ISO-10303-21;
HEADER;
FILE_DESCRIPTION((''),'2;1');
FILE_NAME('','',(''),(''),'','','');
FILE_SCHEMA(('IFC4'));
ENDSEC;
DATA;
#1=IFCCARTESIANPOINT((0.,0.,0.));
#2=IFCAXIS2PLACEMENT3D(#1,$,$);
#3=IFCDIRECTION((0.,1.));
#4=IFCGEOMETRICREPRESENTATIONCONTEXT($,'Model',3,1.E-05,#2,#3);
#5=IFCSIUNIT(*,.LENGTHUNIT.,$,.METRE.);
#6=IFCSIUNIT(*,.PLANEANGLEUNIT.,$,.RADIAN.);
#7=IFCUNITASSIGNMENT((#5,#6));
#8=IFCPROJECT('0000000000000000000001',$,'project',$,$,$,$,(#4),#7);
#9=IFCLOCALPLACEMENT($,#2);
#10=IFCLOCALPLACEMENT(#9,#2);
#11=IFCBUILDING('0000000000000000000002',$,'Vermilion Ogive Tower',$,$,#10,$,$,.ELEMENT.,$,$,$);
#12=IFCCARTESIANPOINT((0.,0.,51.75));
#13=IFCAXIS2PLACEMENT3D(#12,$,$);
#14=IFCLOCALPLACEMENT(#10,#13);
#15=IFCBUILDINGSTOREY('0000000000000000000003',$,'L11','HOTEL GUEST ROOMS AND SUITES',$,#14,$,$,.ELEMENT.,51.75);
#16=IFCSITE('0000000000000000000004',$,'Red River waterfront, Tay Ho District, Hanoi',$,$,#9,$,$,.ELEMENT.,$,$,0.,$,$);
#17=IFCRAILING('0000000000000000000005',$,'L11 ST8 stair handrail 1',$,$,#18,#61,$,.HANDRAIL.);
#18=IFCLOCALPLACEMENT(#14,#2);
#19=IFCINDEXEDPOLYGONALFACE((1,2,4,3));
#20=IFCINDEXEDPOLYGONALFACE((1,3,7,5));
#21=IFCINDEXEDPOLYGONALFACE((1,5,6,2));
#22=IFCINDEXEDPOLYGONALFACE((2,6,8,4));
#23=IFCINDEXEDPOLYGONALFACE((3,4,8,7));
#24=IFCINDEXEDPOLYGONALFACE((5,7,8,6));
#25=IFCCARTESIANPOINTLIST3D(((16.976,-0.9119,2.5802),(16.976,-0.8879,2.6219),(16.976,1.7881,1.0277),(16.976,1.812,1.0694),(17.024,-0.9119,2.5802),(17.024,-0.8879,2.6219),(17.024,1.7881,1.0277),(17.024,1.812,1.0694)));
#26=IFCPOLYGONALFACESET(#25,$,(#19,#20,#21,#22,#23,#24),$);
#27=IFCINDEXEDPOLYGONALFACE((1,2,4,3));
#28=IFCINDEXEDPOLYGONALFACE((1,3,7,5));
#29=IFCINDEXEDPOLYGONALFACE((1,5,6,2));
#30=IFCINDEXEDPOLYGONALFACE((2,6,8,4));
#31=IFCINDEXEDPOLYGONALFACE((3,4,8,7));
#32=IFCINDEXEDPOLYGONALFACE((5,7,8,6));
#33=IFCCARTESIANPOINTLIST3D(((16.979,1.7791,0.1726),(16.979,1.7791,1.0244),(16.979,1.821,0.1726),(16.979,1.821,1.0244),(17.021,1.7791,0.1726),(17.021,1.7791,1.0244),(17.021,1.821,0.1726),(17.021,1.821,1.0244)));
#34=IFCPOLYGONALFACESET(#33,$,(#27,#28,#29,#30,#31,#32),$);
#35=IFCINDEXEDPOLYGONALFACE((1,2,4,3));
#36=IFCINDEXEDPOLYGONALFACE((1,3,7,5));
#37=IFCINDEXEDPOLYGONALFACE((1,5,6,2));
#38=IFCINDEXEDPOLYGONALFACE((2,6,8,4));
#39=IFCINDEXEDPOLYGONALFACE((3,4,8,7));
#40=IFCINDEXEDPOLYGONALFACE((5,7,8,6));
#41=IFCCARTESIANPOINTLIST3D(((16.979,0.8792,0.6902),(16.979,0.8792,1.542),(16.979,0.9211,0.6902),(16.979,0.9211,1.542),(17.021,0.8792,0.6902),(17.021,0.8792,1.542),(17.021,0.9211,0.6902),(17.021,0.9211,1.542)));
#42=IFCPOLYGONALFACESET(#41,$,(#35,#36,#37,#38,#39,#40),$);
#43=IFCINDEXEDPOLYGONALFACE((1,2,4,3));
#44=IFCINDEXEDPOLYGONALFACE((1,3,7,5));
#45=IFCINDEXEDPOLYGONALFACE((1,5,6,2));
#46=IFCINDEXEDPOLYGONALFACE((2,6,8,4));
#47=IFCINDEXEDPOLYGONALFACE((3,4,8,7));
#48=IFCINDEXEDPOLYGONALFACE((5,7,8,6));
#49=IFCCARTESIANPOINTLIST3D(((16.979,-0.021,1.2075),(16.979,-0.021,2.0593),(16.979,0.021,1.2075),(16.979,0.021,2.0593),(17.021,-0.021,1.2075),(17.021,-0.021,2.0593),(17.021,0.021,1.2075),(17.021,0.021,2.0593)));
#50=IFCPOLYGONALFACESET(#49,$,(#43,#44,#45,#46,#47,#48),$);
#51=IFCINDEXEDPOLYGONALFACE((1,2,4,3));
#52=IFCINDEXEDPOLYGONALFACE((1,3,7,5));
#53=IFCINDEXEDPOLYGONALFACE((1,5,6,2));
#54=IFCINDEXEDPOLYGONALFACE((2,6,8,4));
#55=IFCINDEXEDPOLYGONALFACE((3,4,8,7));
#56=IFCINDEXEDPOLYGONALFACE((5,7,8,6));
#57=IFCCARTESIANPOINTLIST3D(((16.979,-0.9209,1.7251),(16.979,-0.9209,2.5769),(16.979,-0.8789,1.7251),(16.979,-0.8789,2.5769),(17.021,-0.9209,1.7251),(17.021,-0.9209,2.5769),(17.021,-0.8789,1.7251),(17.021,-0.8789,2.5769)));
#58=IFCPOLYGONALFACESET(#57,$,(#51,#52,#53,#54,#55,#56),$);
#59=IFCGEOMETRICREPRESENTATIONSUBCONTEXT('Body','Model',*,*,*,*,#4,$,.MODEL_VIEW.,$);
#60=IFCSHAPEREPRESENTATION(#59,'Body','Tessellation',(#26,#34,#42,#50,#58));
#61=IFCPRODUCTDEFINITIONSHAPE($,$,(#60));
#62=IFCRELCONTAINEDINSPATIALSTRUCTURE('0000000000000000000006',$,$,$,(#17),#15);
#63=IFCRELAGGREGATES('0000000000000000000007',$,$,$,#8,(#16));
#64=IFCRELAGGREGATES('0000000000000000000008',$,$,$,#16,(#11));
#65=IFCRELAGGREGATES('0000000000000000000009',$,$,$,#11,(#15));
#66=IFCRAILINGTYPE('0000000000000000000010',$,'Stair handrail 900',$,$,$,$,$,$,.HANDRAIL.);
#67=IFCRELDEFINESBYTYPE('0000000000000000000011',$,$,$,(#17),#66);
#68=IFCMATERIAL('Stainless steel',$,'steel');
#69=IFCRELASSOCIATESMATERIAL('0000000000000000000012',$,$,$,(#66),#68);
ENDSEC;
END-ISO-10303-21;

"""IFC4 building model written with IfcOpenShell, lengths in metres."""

from ifc_helpers import new_model, si_unit, direction, frame, origin, origin_2d, place, context, subcontext, project, spatial, rectangle, extrude, material, type_object, element, save


model = new_model("IFC4")

# Units and contexts
model_context = context("Model", 3, precision=1e-05, world=origin(), true_north=direction((0.0, 1.0)))
body_context = subcontext(model_context, "Body", "Model", "MODEL_VIEW")
ifc_project = project(units=[si_unit("LENGTHUNIT", "METRE"), si_unit("PLANEANGLEUNIT", "RADIAN")], contexts=[model_context])

# Site, building, storey
site_placement = place(None, origin())
site = spatial("IfcSite", under=ifc_project, at=site_placement, Name="Red River waterfront, Tay Ho District, Hanoi", CompositionType="ELEMENT", RefElevation=0.0)
building_placement = place(site_placement, origin())
building = spatial("IfcBuilding", under=site, at=building_placement, Name="Vermilion Ogive Tower", CompositionType="ELEMENT")
storey_placement = place(building_placement, frame((0.0, 0.0, 51.75)))
storey = spatial("IfcBuildingStorey", under=building, at=storey_placement, Name="L11", Description="HOTEL GUEST ROOMS AND SUITES", CompositionType="ELEMENT", Elevation=51.75)

# Railing
ifc_material_1 = material(Name="Stainless steel", Category="steel")
railing_type_1 = type_object("IfcRailingType", Name="Stair handrail 900", PredefinedType="HANDRAIL", material=ifc_material_1)
railing_1_placement = place(storey_placement, frame((17.0, 1.8, 0.1726)))
element("IfcRailing", 1, at=railing_1_placement, inside=storey, type_object=railing_type_1, Name="L11 ST8 stair handrail 1", PredefinedType="HANDRAIL", context=body_context, shape_type="SweptSolid", body=[
    extrude(rectangle(XDim=0.0481, YDim=0.0481, at=origin_2d()), frame((0.0, 0.0, 0.876), z_axis=(0.0, -0.866904, 0.498476), x_axis=(1.0, 0.0, 0.0)), (0.0, 0.0, 1.0), 3.1145),
    extrude(rectangle(XDim=0.042, YDim=0.042, at=origin_2d()), origin(), (0.0, 0.0, 1.0), 0.8518),
    extrude(rectangle(XDim=0.042, YDim=0.042, at=origin_2d()), frame((0.0, -0.8999, 0.5176)), (0.0, 0.0, 1.0), 0.8518),
    extrude(rectangle(XDim=0.042, YDim=0.042, at=origin_2d()), frame((0.0, -1.8, 1.0349)), (0.0, 0.0, 1.0), 0.8518),
    extrude(rectangle(XDim=0.042, YDim=0.042, at=origin_2d()), frame((0.0, -2.7, 1.5525)), (0.0, 0.0, 1.0), 0.8518),
])

save(model, "model.ifc")
